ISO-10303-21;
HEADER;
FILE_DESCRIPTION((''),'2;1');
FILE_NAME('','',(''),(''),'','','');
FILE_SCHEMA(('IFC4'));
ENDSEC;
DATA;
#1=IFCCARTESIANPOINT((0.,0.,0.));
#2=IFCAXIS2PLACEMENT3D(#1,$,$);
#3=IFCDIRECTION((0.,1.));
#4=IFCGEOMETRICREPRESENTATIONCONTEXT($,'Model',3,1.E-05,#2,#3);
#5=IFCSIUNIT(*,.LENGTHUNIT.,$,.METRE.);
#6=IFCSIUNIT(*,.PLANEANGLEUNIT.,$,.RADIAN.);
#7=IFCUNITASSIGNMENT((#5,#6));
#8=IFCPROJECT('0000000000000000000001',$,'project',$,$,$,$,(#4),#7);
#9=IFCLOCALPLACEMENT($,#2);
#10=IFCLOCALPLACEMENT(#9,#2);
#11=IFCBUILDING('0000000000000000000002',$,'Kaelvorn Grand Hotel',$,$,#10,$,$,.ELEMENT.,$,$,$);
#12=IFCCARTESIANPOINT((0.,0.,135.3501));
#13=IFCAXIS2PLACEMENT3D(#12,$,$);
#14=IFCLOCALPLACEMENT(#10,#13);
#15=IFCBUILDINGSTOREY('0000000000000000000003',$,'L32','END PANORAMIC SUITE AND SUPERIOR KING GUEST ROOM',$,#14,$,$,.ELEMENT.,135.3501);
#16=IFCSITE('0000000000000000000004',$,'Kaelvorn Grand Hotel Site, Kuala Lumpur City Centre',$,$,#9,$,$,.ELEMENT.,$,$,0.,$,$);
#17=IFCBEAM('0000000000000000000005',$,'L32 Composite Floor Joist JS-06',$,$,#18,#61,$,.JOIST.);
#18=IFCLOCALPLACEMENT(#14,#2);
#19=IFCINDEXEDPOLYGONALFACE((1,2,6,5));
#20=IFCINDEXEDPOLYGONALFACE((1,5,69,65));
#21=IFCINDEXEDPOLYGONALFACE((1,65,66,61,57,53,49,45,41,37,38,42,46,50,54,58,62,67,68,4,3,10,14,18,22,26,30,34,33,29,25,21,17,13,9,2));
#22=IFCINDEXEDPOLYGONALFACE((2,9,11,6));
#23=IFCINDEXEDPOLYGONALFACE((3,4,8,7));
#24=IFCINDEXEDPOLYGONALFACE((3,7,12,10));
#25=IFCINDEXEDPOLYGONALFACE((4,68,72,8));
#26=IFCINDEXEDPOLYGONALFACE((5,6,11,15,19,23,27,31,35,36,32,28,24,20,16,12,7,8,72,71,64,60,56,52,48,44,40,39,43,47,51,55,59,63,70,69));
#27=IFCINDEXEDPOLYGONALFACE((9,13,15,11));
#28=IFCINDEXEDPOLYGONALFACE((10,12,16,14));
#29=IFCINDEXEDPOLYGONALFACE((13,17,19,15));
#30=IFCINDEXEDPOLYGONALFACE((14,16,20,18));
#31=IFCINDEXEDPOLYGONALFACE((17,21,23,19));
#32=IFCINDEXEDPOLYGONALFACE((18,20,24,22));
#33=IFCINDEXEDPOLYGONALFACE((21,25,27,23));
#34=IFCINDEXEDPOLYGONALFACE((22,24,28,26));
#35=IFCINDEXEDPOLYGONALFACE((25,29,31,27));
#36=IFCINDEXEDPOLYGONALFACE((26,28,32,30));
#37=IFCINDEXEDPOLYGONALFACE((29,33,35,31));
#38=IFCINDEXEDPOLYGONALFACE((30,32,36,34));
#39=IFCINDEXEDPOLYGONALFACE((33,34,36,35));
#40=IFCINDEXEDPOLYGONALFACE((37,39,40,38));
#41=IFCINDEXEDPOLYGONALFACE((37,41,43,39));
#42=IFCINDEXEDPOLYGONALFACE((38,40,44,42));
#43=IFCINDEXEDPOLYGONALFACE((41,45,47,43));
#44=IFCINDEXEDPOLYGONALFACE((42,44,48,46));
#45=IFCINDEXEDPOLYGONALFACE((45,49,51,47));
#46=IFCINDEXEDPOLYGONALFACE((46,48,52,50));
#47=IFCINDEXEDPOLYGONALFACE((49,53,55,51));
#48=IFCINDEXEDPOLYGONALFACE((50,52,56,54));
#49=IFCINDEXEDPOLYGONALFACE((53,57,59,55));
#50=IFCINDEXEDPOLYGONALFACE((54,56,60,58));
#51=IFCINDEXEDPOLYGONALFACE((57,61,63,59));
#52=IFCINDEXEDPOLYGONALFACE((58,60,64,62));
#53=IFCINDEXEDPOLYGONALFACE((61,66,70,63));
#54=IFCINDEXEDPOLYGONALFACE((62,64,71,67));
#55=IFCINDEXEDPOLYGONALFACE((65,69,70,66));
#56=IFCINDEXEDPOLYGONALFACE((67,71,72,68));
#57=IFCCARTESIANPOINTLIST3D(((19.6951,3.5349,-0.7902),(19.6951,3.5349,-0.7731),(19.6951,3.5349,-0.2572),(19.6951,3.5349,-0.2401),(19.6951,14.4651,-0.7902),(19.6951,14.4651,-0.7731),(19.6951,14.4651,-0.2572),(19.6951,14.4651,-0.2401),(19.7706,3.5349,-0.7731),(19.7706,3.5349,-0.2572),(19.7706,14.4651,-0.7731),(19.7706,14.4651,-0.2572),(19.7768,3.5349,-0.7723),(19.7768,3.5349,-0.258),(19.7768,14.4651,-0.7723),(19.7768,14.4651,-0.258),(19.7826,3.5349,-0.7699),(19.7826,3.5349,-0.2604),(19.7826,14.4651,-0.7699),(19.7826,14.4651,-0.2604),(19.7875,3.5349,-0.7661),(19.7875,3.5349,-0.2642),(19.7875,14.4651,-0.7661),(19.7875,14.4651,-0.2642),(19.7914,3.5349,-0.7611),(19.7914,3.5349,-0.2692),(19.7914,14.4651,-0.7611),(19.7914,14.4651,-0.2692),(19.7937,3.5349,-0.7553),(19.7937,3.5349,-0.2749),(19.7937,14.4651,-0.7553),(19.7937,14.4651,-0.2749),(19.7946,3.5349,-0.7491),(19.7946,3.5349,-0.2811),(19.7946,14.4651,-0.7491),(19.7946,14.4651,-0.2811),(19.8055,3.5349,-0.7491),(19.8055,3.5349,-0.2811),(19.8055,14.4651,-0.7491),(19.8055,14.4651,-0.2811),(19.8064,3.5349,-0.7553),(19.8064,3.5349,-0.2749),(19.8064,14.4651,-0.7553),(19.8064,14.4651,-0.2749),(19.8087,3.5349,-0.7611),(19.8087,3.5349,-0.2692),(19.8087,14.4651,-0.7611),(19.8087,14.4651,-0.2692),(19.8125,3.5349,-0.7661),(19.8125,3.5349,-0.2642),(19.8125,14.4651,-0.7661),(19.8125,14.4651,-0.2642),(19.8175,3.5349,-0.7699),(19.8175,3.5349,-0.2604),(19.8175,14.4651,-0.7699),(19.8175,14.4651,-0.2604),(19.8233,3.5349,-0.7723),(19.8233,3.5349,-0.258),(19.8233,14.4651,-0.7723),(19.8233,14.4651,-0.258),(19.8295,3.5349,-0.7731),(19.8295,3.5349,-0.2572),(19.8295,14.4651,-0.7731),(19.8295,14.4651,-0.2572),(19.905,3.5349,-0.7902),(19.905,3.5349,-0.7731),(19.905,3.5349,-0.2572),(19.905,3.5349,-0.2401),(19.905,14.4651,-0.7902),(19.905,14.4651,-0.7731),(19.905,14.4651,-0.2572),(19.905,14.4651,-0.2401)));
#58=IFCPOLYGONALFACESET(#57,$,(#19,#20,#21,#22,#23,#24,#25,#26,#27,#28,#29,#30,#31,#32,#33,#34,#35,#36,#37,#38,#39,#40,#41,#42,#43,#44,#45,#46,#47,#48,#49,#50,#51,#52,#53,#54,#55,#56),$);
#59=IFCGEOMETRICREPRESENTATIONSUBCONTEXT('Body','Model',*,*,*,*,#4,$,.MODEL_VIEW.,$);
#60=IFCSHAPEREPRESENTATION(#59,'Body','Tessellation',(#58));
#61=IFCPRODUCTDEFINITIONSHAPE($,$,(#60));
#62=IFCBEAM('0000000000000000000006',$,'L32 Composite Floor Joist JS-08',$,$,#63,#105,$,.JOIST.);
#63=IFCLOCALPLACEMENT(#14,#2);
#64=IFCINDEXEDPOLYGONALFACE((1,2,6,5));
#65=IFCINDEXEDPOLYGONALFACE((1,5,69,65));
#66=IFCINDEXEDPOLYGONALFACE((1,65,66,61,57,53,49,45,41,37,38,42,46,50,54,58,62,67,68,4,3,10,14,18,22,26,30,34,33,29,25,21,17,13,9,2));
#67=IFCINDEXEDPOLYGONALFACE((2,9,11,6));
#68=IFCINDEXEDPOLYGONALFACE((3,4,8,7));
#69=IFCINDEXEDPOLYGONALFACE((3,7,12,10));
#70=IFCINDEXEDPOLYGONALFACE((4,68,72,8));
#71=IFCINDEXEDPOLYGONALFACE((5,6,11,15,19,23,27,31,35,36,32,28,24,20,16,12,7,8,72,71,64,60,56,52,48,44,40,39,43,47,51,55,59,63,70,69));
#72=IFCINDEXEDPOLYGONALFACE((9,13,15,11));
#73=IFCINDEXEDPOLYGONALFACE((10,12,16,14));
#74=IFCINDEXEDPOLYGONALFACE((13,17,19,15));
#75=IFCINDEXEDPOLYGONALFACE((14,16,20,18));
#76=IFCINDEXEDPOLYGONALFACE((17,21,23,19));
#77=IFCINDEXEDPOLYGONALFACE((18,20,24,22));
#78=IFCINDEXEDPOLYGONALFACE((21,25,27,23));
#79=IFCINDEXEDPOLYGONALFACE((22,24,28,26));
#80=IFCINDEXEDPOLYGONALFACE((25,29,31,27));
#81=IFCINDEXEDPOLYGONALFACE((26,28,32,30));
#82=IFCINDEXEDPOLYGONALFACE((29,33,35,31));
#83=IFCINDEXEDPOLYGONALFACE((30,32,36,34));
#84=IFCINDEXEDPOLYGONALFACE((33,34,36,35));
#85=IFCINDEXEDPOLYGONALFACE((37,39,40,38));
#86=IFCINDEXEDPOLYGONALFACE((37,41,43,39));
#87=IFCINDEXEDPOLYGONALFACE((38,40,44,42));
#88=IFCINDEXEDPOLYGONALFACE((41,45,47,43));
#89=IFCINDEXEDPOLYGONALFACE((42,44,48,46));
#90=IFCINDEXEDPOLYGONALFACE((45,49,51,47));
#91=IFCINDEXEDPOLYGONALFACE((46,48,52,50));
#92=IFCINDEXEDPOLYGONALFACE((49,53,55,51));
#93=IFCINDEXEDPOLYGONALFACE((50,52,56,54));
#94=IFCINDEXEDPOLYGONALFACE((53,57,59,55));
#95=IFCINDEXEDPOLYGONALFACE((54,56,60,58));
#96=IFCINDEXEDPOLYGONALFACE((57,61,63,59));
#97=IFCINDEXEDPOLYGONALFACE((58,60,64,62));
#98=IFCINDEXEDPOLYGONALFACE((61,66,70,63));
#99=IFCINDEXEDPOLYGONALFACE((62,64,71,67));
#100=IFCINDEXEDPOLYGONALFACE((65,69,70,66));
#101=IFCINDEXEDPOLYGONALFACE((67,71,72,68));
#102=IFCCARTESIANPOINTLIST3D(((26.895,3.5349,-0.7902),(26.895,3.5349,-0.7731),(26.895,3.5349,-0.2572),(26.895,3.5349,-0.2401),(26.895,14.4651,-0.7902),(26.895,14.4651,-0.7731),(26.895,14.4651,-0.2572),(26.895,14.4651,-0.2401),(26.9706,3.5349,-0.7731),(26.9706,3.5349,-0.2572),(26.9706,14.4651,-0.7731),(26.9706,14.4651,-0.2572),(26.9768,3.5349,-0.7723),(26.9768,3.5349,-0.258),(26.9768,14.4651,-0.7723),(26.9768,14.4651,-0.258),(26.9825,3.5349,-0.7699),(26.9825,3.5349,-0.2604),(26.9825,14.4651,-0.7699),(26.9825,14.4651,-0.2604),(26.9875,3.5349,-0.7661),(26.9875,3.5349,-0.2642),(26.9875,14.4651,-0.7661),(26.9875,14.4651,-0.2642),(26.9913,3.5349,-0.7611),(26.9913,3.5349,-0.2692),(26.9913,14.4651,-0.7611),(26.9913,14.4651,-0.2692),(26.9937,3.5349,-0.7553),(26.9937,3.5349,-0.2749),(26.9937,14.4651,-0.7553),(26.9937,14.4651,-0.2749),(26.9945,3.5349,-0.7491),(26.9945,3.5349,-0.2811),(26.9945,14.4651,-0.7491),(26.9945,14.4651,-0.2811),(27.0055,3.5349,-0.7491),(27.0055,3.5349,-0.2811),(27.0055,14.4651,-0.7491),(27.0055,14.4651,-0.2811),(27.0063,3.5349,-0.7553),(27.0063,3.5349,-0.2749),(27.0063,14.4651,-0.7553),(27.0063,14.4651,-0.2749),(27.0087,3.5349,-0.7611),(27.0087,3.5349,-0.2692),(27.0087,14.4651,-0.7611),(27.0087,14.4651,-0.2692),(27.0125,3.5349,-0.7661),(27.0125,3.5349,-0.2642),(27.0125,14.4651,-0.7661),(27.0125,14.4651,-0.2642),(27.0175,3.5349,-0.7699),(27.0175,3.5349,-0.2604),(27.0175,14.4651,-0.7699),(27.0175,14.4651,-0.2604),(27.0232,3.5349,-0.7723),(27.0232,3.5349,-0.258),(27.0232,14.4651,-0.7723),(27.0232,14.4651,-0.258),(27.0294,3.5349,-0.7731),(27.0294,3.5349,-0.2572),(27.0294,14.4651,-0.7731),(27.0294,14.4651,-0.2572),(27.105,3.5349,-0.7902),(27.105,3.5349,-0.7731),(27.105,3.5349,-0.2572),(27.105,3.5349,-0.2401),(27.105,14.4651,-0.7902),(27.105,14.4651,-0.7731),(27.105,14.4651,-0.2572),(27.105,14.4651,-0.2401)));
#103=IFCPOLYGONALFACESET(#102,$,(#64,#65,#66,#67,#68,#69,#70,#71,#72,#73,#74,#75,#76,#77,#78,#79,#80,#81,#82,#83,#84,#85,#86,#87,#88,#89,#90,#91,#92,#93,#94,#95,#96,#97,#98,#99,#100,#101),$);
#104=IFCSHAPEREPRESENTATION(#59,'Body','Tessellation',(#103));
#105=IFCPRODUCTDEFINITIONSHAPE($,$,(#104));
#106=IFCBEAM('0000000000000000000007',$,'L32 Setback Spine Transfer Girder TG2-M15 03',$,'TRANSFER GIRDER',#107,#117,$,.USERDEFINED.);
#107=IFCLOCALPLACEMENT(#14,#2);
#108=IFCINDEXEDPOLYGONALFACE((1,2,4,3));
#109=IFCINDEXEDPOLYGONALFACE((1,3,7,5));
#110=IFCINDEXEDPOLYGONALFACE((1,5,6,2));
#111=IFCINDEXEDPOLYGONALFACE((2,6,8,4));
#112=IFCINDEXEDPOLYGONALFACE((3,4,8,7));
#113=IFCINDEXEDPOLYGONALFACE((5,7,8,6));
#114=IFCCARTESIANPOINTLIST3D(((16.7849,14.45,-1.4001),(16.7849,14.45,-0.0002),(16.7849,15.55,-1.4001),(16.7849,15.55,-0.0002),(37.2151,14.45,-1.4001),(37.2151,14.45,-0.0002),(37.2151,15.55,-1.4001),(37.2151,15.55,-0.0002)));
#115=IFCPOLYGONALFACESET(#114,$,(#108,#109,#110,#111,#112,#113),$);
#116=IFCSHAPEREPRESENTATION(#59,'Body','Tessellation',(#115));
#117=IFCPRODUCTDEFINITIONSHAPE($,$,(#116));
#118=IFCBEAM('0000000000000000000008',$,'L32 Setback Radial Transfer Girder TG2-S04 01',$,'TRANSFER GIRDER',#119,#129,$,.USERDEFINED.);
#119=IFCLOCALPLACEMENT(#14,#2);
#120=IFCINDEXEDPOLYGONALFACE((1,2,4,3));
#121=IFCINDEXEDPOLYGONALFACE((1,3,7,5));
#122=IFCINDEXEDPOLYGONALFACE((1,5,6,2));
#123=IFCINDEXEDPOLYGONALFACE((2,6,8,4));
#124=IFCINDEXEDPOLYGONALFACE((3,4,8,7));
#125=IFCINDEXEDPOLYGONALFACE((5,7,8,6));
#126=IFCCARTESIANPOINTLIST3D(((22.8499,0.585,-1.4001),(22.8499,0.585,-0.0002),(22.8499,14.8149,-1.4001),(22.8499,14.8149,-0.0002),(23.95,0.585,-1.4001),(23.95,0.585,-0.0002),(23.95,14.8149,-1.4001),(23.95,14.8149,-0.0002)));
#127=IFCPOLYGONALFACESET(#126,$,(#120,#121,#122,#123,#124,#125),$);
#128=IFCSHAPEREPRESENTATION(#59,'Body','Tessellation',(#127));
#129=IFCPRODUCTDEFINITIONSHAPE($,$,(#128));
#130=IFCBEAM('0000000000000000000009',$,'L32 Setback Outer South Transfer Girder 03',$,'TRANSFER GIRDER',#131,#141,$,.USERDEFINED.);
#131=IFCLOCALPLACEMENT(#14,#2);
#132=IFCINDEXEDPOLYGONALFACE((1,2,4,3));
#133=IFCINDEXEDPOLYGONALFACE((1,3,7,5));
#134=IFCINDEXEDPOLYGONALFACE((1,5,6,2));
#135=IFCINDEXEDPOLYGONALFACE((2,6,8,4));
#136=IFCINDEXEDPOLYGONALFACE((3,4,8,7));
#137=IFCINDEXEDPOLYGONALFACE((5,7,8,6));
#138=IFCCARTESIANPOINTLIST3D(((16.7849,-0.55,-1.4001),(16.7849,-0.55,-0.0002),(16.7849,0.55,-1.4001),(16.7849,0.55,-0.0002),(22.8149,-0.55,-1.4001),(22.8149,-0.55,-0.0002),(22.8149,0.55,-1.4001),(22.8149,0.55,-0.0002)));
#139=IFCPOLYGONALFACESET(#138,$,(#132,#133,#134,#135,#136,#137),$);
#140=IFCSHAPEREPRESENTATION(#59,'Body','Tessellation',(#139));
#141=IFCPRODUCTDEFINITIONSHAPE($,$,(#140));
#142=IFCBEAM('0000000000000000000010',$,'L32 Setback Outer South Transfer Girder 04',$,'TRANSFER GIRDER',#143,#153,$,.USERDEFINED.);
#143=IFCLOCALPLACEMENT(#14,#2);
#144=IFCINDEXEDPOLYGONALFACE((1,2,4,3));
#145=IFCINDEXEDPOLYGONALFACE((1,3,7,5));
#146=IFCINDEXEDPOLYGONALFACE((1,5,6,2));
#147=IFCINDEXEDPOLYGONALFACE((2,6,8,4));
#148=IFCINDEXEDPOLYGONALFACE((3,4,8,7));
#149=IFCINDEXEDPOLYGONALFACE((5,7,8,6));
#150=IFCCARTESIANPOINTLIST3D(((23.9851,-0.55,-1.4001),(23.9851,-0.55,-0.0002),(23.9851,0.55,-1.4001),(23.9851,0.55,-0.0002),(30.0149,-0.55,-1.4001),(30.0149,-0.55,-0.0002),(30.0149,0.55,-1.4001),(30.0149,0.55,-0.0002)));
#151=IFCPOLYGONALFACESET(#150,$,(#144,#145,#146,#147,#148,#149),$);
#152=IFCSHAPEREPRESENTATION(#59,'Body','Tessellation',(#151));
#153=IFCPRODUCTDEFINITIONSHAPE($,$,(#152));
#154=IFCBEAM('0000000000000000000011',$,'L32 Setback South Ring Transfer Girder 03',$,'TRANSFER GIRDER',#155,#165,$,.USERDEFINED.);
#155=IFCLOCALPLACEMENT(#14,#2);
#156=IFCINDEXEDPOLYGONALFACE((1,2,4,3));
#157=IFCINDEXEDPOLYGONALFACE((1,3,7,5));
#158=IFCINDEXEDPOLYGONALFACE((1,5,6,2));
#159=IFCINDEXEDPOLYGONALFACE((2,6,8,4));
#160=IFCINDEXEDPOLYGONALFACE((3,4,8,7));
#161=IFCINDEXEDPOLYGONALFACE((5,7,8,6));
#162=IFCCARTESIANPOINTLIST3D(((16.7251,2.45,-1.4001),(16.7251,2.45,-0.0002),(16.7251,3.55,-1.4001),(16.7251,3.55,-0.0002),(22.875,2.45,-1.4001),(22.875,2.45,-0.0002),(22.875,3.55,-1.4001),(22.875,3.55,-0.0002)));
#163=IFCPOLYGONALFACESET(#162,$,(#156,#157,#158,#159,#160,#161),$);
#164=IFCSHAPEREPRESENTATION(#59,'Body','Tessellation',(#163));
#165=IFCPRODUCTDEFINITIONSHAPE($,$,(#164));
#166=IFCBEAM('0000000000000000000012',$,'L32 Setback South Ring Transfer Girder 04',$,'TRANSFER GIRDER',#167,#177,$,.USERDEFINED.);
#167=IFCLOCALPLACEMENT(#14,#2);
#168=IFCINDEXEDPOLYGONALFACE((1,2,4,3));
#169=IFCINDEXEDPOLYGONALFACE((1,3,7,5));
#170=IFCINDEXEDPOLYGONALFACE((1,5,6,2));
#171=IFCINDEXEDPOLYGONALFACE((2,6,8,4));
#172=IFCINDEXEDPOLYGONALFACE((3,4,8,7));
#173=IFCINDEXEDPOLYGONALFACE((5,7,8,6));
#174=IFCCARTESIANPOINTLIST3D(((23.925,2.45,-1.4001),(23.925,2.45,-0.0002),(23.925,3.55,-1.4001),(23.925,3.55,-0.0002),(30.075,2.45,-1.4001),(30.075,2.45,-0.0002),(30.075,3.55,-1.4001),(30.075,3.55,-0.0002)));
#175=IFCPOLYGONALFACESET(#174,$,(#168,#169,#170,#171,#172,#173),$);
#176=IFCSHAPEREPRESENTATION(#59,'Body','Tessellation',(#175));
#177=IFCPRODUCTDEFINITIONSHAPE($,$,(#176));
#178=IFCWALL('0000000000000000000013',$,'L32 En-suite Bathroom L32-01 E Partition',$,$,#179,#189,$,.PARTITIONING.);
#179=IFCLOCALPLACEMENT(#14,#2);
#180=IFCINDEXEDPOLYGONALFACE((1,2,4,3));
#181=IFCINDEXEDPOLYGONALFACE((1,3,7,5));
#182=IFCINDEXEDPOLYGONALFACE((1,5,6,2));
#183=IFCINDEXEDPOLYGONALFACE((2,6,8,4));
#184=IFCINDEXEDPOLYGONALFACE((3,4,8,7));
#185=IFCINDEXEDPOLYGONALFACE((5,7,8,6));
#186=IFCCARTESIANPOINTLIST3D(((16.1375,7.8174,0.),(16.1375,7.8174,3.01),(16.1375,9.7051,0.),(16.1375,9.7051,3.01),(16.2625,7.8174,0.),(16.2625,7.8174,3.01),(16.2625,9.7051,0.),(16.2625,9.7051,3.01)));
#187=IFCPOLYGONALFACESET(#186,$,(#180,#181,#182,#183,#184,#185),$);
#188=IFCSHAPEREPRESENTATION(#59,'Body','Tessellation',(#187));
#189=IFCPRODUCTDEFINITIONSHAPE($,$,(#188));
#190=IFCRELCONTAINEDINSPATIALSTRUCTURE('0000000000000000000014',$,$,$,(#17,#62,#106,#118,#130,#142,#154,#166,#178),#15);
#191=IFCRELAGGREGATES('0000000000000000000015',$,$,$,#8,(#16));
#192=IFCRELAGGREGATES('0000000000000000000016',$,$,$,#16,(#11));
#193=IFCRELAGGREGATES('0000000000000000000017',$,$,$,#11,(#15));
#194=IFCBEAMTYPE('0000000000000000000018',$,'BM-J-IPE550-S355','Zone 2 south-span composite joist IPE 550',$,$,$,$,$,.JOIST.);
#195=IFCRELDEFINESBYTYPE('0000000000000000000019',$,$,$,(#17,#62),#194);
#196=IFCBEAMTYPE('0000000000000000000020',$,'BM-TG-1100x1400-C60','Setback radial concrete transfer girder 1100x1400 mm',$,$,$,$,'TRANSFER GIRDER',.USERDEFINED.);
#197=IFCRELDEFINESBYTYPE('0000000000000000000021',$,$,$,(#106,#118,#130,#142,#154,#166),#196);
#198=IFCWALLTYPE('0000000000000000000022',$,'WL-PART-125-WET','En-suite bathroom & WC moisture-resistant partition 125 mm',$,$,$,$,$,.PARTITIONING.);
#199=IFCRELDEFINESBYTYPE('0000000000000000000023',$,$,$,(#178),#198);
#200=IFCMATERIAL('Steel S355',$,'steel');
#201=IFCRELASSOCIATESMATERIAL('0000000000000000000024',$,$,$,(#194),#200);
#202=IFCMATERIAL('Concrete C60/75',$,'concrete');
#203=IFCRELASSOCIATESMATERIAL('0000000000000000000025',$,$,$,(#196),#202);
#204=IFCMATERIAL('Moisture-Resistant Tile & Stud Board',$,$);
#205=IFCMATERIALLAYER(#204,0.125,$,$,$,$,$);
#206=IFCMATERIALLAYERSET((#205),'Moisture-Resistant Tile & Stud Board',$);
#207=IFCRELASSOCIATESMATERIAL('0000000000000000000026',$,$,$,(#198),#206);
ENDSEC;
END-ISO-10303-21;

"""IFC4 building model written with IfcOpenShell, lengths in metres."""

from ifc_helpers import new_model, si_unit, direction, frame, frame_2d, origin, origin_2d, place, context, subcontext, project, spatial, rectangle, i_section, extrude, material, layer, layer_set, material_profile, profile_set, type_object, element, save


model = new_model("IFC4")

# Units and contexts
model_context = context("Model", 3, precision=1e-05, world=origin(), true_north=direction((0.0, 1.0)))
body_context = subcontext(model_context, "Body", "Model", "MODEL_VIEW")
ifc_project = project(units=[si_unit("LENGTHUNIT", "METRE"), si_unit("PLANEANGLEUNIT", "RADIAN")], contexts=[model_context])

# Site, building, storey
site_placement = place(None, origin())
site = spatial("IfcSite", under=ifc_project, at=site_placement, Name="Kaelvorn Grand Hotel Site, Kuala Lumpur City Centre", CompositionType="ELEMENT", RefElevation=0.0)
building_placement = place(site_placement, origin())
building = spatial("IfcBuilding", under=site, at=building_placement, Name="Kaelvorn Grand Hotel", CompositionType="ELEMENT")
storey_placement = place(building_placement, frame((0.0, 0.0, 135.3501)))
storey = spatial("IfcBuildingStorey", under=building, at=storey_placement, Name="L32", Description="END PANORAMIC SUITE AND SUPERIOR KING GUEST ROOM", CompositionType="ELEMENT", Elevation=135.3501)

# Shared definitions
ifc_material_1 = material(Name="Concrete C60/75", Category="concrete")

# Beams
ifc_material_2 = material(Name="Steel S355", Category="steel")
ifc_material_profile_1 = material_profile(ifc_material_2, i_section(OverallWidth=0.21, OverallDepth=0.55, WebThickness=0.011, FlangeThickness=0.0171, FilletRadius=0.0239, at=origin_2d()), Name="IPE 550")
ifc_profile_set_1 = profile_set([ifc_material_profile_1], Name="Steel S355")
beam_type_1 = type_object("IfcBeamType", Name="BM-J-IPE550-S355", Description="Zone 2 south-span composite joist IPE 550", PredefinedType="JOIST", material=ifc_profile_set_1)
for number, where, z_axis, x_axis, name in (
    (1, (19.8, 3.5349, -0.5151), (0.0, 1.0, 0.0), (-1.0, 0.0, 0.0), "L32 Composite Floor Joist JS-06"),
    (2, (27.0, 3.5349, -0.5151), (0.0, 1.0, 0.0), (-1.0, 0.0, 0.0), "L32 Composite Floor Joist JS-08"),
):
    element("IfcBeam", number, at=place(storey_placement, frame(where, z_axis=z_axis, x_axis=x_axis)), inside=storey, type_object=beam_type_1, Name=name, PredefinedType="JOIST", context=body_context, shape_type="SweptSolid", body=[
        extrude(i_section(OverallWidth=0.21, OverallDepth=0.55, WebThickness=0.011, FlangeThickness=0.0171, FilletRadius=0.0239, at=origin_2d()), origin(), (0.0, 0.0, 1.0), 10.9302),
    ])
ifc_material_profile_2 = material_profile(ifc_material_1, rectangle(XDim=1.1001, YDim=1.3999, at=origin_2d()), Name="RC TG 1100x1400")
ifc_profile_set_2 = profile_set([ifc_material_profile_2], Name="Concrete C60/75")
beam_type_2 = type_object("IfcBeamType", Name="BM-TG-1100x1400-C60", Description="Setback radial concrete transfer girder 1100x1400 mm", ElementType="TRANSFER GIRDER", PredefinedType="USERDEFINED", material=ifc_profile_set_2)
beam_1_placement = place(storey_placement, frame((16.7849, 15.0, -0.7002), z_axis=(1.0, 0.0, 0.0), x_axis=(0.0, 1.0, 0.0)))
element("IfcBeam", 3, at=beam_1_placement, inside=storey, type_object=beam_type_2, Name="L32 Setback Spine Transfer Girder TG2-M15 03", ObjectType="TRANSFER GIRDER", PredefinedType="USERDEFINED", context=body_context, shape_type="SweptSolid", body=[
    extrude(rectangle(XDim=1.1001, YDim=1.3999, at=origin_2d()), origin(), (0.0, 0.0, 1.0), 20.4302),
])
beam_2_placement = place(storey_placement, frame((23.3999, 0.585, -0.7002), z_axis=(0.0, 1.0, 0.0), x_axis=(-1.0, 0.0, 0.0)))
element("IfcBeam", 4, at=beam_2_placement, inside=storey, type_object=beam_type_2, Name="L32 Setback Radial Transfer Girder TG2-S04 01", ObjectType="TRANSFER GIRDER", PredefinedType="USERDEFINED", context=body_context, shape_type="SweptSolid", body=[
    extrude(rectangle(XDim=1.1001, YDim=1.3999, at=origin_2d()), origin(), (0.0, 0.0, 1.0), 14.23),
])
beam_3_placement = place(storey_placement, frame((16.7849, 0.0, -0.7002), z_axis=(1.0, 0.0, 0.0), x_axis=(0.0, 1.0, 0.0)))
element("IfcBeam", 5, at=beam_3_placement, inside=storey, type_object=beam_type_2, Name="L32 Setback Outer South Transfer Girder 03", ObjectType="TRANSFER GIRDER", PredefinedType="USERDEFINED", context=body_context, shape_type="SweptSolid", body=[
    extrude(rectangle(XDim=1.1001, YDim=1.3999, at=origin_2d()), origin(), (0.0, 0.0, 1.0), 6.03),
])
beam_4_placement = place(storey_placement, frame((23.9851, 0.0, -0.7002), z_axis=(1.0, 0.0, 0.0), x_axis=(0.0, 1.0, 0.0)))
element("IfcBeam", 6, at=beam_4_placement, inside=storey, type_object=beam_type_2, Name="L32 Setback Outer South Transfer Girder 04", ObjectType="TRANSFER GIRDER", PredefinedType="USERDEFINED", context=body_context, shape_type="SweptSolid", body=[
    extrude(rectangle(XDim=1.1001, YDim=1.3999, at=origin_2d()), origin(), (0.0, 0.0, 1.0), 6.0298),
])
for number, where, z_axis, x_axis, name in (
    (7, (16.7251, 3.0, -0.7002), (1.0, 0.0, 0.0), (0.0, 1.0, 0.0), "L32 Setback South Ring Transfer Girder 03"),
    (8, (23.925, 3.0, -0.7002), (1.0, 0.0, 0.0), (0.0, 1.0, 0.0), "L32 Setback South Ring Transfer Girder 04"),
):
    element("IfcBeam", number, at=place(storey_placement, frame(where, z_axis=z_axis, x_axis=x_axis)), inside=storey, type_object=beam_type_2, Name=name, ObjectType="TRANSFER GIRDER", PredefinedType="USERDEFINED", context=body_context, shape_type="SweptSolid", body=[
        extrude(rectangle(XDim=1.1001, YDim=1.3999, at=origin_2d()), origin(), (0.0, 0.0, 1.0), 6.1499),
    ])

# Wall
ifc_material_3 = material(Name="Moisture-Resistant Tile & Stud Board")
ifc_layer_1 = layer(ifc_material_3, 0.125)
ifc_layer_set_1 = layer_set([ifc_layer_1], Name="Moisture-Resistant Tile & Stud Board")
wall_type_1 = type_object("IfcWallType", Name="WL-PART-125-WET", Description="En-suite bathroom & WC moisture-resistant partition 125 mm", PredefinedType="PARTITIONING", material=ifc_layer_set_1)
wall_1_placement = place(storey_placement, frame((16.2, 7.8174, 0.0), z_axis=(0.0, 0.0, 1.0), x_axis=(0.0, 1.0, 0.0)))
element("IfcWall", 9, at=wall_1_placement, inside=storey, type_object=wall_type_1, Name="L32 En-suite Bathroom L32-01 E Partition", PredefinedType="PARTITIONING", context=body_context, shape_type="SweptSolid", body=[
    extrude(rectangle(XDim=1.8877, YDim=0.125, at=frame_2d((0.9438, 0.0))), origin(), (0.0, 0.0, 1.0), 3.01),
])

save(model, "model.ifc")
